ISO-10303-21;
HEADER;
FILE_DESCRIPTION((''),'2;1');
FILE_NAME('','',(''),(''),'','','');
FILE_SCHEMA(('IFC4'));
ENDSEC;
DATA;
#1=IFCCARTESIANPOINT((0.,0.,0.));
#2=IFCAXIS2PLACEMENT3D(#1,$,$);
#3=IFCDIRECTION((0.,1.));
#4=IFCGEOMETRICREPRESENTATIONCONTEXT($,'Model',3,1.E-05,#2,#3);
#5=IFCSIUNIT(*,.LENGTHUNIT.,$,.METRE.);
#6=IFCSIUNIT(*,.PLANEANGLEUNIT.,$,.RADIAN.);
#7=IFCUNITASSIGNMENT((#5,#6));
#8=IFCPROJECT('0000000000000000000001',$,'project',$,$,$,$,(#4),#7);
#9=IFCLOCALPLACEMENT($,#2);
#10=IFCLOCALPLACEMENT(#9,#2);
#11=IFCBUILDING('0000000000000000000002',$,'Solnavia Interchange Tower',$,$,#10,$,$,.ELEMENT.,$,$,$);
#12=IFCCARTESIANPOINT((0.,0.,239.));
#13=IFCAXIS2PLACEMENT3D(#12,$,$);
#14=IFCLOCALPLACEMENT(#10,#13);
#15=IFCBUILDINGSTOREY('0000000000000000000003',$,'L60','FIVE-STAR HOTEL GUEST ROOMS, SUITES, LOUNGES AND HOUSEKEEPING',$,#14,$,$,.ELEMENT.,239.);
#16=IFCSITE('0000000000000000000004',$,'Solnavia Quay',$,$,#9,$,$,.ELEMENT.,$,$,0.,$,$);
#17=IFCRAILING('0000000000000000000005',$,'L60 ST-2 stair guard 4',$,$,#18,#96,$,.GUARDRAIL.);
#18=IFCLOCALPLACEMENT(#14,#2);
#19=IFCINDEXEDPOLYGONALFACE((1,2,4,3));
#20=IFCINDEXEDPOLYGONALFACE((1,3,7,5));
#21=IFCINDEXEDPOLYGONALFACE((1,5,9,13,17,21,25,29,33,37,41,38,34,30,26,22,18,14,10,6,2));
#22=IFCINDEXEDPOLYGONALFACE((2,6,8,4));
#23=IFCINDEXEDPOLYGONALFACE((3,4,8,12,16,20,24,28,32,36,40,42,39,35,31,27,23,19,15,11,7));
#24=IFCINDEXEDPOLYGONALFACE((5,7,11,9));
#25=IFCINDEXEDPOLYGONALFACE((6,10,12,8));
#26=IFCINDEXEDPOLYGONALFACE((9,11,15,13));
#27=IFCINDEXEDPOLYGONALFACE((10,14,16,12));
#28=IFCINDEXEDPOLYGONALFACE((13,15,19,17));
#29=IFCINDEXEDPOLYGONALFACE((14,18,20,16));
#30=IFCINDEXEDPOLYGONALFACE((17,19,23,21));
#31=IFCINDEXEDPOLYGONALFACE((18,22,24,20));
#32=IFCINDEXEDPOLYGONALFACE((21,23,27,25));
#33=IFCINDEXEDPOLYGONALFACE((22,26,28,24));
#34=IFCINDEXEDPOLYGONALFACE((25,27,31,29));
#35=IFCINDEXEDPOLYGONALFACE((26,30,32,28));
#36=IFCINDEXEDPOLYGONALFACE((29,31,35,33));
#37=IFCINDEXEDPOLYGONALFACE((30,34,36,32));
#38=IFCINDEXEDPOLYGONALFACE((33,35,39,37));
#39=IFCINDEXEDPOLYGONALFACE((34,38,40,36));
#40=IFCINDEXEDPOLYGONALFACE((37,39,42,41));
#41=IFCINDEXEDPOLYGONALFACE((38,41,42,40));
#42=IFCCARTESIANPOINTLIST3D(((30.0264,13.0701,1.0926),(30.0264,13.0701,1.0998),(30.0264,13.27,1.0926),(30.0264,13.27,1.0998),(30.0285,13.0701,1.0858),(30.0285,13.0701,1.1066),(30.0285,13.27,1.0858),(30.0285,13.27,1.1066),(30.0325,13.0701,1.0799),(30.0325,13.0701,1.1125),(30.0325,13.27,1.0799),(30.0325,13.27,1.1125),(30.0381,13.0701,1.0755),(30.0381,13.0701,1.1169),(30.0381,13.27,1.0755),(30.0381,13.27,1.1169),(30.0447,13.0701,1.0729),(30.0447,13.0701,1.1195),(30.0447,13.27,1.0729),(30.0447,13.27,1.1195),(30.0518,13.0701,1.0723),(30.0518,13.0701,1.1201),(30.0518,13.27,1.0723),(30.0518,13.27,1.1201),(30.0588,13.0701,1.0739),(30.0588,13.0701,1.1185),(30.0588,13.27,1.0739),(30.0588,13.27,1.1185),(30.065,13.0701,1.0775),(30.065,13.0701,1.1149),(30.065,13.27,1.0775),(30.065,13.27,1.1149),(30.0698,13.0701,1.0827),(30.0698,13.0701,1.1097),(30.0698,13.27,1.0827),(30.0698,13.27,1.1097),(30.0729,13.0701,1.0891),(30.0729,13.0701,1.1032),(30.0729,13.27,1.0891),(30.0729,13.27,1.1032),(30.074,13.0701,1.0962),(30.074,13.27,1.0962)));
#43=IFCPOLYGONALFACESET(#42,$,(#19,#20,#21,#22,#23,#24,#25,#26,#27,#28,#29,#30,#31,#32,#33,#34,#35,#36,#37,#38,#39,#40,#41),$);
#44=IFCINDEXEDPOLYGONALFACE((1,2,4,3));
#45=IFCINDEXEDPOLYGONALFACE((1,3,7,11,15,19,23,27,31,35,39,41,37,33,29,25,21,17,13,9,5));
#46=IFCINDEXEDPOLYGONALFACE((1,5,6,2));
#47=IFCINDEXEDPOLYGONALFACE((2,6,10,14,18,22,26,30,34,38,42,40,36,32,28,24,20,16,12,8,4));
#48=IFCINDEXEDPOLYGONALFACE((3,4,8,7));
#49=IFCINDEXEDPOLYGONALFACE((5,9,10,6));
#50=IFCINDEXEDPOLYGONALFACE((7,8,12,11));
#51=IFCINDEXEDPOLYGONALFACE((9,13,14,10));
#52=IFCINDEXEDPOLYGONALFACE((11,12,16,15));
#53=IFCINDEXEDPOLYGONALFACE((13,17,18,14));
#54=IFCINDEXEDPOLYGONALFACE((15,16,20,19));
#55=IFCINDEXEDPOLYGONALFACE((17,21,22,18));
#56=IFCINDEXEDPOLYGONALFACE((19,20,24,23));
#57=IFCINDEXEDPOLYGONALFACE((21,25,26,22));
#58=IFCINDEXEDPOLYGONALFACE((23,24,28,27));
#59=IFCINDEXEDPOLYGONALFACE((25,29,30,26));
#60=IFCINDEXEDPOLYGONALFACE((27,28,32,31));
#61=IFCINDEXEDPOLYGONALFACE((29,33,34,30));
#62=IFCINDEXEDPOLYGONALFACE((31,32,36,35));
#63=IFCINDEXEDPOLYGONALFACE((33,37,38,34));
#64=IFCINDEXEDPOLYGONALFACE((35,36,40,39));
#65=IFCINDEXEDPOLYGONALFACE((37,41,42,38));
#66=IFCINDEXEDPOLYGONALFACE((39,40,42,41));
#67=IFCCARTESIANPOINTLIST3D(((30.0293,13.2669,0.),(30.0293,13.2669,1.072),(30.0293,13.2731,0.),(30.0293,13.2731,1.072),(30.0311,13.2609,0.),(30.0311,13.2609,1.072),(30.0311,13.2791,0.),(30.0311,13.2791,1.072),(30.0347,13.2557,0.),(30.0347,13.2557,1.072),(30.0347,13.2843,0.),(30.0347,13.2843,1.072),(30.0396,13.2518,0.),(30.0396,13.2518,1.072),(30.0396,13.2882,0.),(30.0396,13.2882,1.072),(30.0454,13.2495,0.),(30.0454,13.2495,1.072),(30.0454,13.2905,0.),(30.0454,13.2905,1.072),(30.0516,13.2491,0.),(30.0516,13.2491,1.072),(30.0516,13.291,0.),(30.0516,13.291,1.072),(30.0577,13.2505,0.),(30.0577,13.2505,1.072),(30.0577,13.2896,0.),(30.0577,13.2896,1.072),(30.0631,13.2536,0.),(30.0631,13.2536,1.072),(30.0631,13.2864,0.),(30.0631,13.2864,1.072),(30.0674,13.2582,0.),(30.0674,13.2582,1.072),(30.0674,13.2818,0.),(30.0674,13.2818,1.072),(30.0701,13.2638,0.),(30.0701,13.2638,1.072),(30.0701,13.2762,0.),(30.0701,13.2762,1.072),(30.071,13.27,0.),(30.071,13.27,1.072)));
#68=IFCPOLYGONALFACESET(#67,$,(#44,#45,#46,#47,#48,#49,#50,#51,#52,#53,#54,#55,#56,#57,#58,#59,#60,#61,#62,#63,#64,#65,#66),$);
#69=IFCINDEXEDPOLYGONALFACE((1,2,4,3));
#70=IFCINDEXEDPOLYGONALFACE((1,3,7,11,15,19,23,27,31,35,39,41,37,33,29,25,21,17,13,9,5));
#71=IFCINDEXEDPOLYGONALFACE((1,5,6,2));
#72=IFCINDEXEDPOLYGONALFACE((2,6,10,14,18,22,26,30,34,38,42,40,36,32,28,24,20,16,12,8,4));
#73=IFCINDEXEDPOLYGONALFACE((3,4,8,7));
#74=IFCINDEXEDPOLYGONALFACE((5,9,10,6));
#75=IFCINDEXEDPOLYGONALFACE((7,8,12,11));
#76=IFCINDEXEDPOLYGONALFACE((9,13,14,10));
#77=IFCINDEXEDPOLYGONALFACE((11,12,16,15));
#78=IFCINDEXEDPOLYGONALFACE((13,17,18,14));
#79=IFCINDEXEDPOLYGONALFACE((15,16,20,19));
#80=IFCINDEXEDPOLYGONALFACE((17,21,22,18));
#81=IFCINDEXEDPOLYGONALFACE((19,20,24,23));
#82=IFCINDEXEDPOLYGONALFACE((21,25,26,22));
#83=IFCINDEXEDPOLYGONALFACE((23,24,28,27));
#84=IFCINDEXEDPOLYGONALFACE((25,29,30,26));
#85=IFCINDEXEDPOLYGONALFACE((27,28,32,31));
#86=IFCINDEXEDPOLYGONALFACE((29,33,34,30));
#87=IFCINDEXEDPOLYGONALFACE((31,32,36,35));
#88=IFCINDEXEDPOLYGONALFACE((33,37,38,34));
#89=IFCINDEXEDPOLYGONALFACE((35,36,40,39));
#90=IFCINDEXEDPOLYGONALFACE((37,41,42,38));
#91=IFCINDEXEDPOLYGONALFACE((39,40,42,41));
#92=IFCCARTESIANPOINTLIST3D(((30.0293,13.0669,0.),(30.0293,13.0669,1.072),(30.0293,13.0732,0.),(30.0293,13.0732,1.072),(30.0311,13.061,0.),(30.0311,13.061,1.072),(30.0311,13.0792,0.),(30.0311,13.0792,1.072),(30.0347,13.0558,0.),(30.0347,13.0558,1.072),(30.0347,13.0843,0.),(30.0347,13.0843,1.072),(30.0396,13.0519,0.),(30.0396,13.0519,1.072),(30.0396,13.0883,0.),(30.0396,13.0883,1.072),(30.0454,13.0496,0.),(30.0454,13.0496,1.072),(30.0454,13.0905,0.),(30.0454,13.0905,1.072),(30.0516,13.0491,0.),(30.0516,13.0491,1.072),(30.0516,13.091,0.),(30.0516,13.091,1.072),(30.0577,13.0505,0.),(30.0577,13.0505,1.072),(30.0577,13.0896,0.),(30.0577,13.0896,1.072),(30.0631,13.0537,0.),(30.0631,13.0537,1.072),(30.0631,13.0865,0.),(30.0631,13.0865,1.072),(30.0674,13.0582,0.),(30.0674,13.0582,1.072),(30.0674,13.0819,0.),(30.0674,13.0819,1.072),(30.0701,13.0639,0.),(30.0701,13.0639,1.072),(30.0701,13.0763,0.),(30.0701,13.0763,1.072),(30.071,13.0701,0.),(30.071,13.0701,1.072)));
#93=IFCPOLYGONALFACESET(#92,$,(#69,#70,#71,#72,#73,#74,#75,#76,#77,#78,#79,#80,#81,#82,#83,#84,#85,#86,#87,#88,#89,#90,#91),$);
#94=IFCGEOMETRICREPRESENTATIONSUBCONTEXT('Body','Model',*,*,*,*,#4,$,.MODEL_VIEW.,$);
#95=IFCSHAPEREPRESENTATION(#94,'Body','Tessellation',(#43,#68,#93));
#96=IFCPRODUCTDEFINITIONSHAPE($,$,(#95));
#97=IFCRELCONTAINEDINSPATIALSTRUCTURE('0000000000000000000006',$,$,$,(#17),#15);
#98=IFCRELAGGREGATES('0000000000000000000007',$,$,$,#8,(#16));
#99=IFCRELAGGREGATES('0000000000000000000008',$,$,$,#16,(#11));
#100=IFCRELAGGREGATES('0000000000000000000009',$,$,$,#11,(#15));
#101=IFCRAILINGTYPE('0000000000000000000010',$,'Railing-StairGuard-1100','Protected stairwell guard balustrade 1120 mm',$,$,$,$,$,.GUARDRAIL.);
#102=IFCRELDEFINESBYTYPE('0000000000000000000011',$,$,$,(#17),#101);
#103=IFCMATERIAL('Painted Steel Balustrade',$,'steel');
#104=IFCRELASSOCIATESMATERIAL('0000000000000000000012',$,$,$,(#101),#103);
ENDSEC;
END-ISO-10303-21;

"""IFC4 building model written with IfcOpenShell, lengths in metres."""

from ifc_helpers import new_model, si_unit, direction, frame, origin, origin_2d, place, context, subcontext, project, spatial, circle, extrude, material, type_object, element, save


model = new_model("IFC4")

# Units and contexts
model_context = context("Model", 3, precision=1e-05, world=origin(), true_north=direction((0.0, 1.0)))
body_context = subcontext(model_context, "Body", "Model", "MODEL_VIEW")
ifc_project = project(units=[si_unit("LENGTHUNIT", "METRE"), si_unit("PLANEANGLEUNIT", "RADIAN")], contexts=[model_context])

# Site, building, storey
site_placement = place(None, origin())
site = spatial("IfcSite", under=ifc_project, at=site_placement, Name="Solnavia Quay", CompositionType="ELEMENT", RefElevation=0.0)
building_placement = place(site_placement, origin())
building = spatial("IfcBuilding", under=site, at=building_placement, Name="Solnavia Interchange Tower", CompositionType="ELEMENT")
storey_placement = place(building_placement, frame((0.0, 0.0, 239.0)))
storey = spatial("IfcBuildingStorey", under=building, at=storey_placement, Name="L60", Description="FIVE-STAR HOTEL GUEST ROOMS, SUITES, LOUNGES AND HOUSEKEEPING", CompositionType="ELEMENT", Elevation=239.0)

# Railing
ifc_material_1 = material(Name="Painted Steel Balustrade", Category="steel")
railing_type_1 = type_object("IfcRailingType", Name="Railing-StairGuard-1100", Description="Protected stairwell guard balustrade 1120 mm", PredefinedType="GUARDRAIL", material=ifc_material_1)
railing_1_placement = place(storey_placement, frame((30.05, 13.27, 0.0)))
element("IfcRailing", 1, at=railing_1_placement, inside=storey, type_object=railing_type_1, Name="L60 ST-2 stair guard 4", PredefinedType="GUARDRAIL", context=body_context, shape_type="SweptSolid", body=[
    extrude(circle(Radius=0.0239, at=origin_2d()), frame((0.0, 0.0, 1.0962), z_axis=(0.0, -1.0, 0.0), x_axis=(1.0, 0.0, 0.0)), (0.0, 0.0, 1.0), 0.2),
    extrude(circle(Radius=0.021, at=origin_2d()), origin(), (0.0, 0.0, 1.0), 1.072),
    extrude(circle(Radius=0.021, at=origin_2d()), frame((0.0, -0.2, 0.0)), (0.0, 0.0, 1.0), 1.072),
])

save(model, "model.ifc")
